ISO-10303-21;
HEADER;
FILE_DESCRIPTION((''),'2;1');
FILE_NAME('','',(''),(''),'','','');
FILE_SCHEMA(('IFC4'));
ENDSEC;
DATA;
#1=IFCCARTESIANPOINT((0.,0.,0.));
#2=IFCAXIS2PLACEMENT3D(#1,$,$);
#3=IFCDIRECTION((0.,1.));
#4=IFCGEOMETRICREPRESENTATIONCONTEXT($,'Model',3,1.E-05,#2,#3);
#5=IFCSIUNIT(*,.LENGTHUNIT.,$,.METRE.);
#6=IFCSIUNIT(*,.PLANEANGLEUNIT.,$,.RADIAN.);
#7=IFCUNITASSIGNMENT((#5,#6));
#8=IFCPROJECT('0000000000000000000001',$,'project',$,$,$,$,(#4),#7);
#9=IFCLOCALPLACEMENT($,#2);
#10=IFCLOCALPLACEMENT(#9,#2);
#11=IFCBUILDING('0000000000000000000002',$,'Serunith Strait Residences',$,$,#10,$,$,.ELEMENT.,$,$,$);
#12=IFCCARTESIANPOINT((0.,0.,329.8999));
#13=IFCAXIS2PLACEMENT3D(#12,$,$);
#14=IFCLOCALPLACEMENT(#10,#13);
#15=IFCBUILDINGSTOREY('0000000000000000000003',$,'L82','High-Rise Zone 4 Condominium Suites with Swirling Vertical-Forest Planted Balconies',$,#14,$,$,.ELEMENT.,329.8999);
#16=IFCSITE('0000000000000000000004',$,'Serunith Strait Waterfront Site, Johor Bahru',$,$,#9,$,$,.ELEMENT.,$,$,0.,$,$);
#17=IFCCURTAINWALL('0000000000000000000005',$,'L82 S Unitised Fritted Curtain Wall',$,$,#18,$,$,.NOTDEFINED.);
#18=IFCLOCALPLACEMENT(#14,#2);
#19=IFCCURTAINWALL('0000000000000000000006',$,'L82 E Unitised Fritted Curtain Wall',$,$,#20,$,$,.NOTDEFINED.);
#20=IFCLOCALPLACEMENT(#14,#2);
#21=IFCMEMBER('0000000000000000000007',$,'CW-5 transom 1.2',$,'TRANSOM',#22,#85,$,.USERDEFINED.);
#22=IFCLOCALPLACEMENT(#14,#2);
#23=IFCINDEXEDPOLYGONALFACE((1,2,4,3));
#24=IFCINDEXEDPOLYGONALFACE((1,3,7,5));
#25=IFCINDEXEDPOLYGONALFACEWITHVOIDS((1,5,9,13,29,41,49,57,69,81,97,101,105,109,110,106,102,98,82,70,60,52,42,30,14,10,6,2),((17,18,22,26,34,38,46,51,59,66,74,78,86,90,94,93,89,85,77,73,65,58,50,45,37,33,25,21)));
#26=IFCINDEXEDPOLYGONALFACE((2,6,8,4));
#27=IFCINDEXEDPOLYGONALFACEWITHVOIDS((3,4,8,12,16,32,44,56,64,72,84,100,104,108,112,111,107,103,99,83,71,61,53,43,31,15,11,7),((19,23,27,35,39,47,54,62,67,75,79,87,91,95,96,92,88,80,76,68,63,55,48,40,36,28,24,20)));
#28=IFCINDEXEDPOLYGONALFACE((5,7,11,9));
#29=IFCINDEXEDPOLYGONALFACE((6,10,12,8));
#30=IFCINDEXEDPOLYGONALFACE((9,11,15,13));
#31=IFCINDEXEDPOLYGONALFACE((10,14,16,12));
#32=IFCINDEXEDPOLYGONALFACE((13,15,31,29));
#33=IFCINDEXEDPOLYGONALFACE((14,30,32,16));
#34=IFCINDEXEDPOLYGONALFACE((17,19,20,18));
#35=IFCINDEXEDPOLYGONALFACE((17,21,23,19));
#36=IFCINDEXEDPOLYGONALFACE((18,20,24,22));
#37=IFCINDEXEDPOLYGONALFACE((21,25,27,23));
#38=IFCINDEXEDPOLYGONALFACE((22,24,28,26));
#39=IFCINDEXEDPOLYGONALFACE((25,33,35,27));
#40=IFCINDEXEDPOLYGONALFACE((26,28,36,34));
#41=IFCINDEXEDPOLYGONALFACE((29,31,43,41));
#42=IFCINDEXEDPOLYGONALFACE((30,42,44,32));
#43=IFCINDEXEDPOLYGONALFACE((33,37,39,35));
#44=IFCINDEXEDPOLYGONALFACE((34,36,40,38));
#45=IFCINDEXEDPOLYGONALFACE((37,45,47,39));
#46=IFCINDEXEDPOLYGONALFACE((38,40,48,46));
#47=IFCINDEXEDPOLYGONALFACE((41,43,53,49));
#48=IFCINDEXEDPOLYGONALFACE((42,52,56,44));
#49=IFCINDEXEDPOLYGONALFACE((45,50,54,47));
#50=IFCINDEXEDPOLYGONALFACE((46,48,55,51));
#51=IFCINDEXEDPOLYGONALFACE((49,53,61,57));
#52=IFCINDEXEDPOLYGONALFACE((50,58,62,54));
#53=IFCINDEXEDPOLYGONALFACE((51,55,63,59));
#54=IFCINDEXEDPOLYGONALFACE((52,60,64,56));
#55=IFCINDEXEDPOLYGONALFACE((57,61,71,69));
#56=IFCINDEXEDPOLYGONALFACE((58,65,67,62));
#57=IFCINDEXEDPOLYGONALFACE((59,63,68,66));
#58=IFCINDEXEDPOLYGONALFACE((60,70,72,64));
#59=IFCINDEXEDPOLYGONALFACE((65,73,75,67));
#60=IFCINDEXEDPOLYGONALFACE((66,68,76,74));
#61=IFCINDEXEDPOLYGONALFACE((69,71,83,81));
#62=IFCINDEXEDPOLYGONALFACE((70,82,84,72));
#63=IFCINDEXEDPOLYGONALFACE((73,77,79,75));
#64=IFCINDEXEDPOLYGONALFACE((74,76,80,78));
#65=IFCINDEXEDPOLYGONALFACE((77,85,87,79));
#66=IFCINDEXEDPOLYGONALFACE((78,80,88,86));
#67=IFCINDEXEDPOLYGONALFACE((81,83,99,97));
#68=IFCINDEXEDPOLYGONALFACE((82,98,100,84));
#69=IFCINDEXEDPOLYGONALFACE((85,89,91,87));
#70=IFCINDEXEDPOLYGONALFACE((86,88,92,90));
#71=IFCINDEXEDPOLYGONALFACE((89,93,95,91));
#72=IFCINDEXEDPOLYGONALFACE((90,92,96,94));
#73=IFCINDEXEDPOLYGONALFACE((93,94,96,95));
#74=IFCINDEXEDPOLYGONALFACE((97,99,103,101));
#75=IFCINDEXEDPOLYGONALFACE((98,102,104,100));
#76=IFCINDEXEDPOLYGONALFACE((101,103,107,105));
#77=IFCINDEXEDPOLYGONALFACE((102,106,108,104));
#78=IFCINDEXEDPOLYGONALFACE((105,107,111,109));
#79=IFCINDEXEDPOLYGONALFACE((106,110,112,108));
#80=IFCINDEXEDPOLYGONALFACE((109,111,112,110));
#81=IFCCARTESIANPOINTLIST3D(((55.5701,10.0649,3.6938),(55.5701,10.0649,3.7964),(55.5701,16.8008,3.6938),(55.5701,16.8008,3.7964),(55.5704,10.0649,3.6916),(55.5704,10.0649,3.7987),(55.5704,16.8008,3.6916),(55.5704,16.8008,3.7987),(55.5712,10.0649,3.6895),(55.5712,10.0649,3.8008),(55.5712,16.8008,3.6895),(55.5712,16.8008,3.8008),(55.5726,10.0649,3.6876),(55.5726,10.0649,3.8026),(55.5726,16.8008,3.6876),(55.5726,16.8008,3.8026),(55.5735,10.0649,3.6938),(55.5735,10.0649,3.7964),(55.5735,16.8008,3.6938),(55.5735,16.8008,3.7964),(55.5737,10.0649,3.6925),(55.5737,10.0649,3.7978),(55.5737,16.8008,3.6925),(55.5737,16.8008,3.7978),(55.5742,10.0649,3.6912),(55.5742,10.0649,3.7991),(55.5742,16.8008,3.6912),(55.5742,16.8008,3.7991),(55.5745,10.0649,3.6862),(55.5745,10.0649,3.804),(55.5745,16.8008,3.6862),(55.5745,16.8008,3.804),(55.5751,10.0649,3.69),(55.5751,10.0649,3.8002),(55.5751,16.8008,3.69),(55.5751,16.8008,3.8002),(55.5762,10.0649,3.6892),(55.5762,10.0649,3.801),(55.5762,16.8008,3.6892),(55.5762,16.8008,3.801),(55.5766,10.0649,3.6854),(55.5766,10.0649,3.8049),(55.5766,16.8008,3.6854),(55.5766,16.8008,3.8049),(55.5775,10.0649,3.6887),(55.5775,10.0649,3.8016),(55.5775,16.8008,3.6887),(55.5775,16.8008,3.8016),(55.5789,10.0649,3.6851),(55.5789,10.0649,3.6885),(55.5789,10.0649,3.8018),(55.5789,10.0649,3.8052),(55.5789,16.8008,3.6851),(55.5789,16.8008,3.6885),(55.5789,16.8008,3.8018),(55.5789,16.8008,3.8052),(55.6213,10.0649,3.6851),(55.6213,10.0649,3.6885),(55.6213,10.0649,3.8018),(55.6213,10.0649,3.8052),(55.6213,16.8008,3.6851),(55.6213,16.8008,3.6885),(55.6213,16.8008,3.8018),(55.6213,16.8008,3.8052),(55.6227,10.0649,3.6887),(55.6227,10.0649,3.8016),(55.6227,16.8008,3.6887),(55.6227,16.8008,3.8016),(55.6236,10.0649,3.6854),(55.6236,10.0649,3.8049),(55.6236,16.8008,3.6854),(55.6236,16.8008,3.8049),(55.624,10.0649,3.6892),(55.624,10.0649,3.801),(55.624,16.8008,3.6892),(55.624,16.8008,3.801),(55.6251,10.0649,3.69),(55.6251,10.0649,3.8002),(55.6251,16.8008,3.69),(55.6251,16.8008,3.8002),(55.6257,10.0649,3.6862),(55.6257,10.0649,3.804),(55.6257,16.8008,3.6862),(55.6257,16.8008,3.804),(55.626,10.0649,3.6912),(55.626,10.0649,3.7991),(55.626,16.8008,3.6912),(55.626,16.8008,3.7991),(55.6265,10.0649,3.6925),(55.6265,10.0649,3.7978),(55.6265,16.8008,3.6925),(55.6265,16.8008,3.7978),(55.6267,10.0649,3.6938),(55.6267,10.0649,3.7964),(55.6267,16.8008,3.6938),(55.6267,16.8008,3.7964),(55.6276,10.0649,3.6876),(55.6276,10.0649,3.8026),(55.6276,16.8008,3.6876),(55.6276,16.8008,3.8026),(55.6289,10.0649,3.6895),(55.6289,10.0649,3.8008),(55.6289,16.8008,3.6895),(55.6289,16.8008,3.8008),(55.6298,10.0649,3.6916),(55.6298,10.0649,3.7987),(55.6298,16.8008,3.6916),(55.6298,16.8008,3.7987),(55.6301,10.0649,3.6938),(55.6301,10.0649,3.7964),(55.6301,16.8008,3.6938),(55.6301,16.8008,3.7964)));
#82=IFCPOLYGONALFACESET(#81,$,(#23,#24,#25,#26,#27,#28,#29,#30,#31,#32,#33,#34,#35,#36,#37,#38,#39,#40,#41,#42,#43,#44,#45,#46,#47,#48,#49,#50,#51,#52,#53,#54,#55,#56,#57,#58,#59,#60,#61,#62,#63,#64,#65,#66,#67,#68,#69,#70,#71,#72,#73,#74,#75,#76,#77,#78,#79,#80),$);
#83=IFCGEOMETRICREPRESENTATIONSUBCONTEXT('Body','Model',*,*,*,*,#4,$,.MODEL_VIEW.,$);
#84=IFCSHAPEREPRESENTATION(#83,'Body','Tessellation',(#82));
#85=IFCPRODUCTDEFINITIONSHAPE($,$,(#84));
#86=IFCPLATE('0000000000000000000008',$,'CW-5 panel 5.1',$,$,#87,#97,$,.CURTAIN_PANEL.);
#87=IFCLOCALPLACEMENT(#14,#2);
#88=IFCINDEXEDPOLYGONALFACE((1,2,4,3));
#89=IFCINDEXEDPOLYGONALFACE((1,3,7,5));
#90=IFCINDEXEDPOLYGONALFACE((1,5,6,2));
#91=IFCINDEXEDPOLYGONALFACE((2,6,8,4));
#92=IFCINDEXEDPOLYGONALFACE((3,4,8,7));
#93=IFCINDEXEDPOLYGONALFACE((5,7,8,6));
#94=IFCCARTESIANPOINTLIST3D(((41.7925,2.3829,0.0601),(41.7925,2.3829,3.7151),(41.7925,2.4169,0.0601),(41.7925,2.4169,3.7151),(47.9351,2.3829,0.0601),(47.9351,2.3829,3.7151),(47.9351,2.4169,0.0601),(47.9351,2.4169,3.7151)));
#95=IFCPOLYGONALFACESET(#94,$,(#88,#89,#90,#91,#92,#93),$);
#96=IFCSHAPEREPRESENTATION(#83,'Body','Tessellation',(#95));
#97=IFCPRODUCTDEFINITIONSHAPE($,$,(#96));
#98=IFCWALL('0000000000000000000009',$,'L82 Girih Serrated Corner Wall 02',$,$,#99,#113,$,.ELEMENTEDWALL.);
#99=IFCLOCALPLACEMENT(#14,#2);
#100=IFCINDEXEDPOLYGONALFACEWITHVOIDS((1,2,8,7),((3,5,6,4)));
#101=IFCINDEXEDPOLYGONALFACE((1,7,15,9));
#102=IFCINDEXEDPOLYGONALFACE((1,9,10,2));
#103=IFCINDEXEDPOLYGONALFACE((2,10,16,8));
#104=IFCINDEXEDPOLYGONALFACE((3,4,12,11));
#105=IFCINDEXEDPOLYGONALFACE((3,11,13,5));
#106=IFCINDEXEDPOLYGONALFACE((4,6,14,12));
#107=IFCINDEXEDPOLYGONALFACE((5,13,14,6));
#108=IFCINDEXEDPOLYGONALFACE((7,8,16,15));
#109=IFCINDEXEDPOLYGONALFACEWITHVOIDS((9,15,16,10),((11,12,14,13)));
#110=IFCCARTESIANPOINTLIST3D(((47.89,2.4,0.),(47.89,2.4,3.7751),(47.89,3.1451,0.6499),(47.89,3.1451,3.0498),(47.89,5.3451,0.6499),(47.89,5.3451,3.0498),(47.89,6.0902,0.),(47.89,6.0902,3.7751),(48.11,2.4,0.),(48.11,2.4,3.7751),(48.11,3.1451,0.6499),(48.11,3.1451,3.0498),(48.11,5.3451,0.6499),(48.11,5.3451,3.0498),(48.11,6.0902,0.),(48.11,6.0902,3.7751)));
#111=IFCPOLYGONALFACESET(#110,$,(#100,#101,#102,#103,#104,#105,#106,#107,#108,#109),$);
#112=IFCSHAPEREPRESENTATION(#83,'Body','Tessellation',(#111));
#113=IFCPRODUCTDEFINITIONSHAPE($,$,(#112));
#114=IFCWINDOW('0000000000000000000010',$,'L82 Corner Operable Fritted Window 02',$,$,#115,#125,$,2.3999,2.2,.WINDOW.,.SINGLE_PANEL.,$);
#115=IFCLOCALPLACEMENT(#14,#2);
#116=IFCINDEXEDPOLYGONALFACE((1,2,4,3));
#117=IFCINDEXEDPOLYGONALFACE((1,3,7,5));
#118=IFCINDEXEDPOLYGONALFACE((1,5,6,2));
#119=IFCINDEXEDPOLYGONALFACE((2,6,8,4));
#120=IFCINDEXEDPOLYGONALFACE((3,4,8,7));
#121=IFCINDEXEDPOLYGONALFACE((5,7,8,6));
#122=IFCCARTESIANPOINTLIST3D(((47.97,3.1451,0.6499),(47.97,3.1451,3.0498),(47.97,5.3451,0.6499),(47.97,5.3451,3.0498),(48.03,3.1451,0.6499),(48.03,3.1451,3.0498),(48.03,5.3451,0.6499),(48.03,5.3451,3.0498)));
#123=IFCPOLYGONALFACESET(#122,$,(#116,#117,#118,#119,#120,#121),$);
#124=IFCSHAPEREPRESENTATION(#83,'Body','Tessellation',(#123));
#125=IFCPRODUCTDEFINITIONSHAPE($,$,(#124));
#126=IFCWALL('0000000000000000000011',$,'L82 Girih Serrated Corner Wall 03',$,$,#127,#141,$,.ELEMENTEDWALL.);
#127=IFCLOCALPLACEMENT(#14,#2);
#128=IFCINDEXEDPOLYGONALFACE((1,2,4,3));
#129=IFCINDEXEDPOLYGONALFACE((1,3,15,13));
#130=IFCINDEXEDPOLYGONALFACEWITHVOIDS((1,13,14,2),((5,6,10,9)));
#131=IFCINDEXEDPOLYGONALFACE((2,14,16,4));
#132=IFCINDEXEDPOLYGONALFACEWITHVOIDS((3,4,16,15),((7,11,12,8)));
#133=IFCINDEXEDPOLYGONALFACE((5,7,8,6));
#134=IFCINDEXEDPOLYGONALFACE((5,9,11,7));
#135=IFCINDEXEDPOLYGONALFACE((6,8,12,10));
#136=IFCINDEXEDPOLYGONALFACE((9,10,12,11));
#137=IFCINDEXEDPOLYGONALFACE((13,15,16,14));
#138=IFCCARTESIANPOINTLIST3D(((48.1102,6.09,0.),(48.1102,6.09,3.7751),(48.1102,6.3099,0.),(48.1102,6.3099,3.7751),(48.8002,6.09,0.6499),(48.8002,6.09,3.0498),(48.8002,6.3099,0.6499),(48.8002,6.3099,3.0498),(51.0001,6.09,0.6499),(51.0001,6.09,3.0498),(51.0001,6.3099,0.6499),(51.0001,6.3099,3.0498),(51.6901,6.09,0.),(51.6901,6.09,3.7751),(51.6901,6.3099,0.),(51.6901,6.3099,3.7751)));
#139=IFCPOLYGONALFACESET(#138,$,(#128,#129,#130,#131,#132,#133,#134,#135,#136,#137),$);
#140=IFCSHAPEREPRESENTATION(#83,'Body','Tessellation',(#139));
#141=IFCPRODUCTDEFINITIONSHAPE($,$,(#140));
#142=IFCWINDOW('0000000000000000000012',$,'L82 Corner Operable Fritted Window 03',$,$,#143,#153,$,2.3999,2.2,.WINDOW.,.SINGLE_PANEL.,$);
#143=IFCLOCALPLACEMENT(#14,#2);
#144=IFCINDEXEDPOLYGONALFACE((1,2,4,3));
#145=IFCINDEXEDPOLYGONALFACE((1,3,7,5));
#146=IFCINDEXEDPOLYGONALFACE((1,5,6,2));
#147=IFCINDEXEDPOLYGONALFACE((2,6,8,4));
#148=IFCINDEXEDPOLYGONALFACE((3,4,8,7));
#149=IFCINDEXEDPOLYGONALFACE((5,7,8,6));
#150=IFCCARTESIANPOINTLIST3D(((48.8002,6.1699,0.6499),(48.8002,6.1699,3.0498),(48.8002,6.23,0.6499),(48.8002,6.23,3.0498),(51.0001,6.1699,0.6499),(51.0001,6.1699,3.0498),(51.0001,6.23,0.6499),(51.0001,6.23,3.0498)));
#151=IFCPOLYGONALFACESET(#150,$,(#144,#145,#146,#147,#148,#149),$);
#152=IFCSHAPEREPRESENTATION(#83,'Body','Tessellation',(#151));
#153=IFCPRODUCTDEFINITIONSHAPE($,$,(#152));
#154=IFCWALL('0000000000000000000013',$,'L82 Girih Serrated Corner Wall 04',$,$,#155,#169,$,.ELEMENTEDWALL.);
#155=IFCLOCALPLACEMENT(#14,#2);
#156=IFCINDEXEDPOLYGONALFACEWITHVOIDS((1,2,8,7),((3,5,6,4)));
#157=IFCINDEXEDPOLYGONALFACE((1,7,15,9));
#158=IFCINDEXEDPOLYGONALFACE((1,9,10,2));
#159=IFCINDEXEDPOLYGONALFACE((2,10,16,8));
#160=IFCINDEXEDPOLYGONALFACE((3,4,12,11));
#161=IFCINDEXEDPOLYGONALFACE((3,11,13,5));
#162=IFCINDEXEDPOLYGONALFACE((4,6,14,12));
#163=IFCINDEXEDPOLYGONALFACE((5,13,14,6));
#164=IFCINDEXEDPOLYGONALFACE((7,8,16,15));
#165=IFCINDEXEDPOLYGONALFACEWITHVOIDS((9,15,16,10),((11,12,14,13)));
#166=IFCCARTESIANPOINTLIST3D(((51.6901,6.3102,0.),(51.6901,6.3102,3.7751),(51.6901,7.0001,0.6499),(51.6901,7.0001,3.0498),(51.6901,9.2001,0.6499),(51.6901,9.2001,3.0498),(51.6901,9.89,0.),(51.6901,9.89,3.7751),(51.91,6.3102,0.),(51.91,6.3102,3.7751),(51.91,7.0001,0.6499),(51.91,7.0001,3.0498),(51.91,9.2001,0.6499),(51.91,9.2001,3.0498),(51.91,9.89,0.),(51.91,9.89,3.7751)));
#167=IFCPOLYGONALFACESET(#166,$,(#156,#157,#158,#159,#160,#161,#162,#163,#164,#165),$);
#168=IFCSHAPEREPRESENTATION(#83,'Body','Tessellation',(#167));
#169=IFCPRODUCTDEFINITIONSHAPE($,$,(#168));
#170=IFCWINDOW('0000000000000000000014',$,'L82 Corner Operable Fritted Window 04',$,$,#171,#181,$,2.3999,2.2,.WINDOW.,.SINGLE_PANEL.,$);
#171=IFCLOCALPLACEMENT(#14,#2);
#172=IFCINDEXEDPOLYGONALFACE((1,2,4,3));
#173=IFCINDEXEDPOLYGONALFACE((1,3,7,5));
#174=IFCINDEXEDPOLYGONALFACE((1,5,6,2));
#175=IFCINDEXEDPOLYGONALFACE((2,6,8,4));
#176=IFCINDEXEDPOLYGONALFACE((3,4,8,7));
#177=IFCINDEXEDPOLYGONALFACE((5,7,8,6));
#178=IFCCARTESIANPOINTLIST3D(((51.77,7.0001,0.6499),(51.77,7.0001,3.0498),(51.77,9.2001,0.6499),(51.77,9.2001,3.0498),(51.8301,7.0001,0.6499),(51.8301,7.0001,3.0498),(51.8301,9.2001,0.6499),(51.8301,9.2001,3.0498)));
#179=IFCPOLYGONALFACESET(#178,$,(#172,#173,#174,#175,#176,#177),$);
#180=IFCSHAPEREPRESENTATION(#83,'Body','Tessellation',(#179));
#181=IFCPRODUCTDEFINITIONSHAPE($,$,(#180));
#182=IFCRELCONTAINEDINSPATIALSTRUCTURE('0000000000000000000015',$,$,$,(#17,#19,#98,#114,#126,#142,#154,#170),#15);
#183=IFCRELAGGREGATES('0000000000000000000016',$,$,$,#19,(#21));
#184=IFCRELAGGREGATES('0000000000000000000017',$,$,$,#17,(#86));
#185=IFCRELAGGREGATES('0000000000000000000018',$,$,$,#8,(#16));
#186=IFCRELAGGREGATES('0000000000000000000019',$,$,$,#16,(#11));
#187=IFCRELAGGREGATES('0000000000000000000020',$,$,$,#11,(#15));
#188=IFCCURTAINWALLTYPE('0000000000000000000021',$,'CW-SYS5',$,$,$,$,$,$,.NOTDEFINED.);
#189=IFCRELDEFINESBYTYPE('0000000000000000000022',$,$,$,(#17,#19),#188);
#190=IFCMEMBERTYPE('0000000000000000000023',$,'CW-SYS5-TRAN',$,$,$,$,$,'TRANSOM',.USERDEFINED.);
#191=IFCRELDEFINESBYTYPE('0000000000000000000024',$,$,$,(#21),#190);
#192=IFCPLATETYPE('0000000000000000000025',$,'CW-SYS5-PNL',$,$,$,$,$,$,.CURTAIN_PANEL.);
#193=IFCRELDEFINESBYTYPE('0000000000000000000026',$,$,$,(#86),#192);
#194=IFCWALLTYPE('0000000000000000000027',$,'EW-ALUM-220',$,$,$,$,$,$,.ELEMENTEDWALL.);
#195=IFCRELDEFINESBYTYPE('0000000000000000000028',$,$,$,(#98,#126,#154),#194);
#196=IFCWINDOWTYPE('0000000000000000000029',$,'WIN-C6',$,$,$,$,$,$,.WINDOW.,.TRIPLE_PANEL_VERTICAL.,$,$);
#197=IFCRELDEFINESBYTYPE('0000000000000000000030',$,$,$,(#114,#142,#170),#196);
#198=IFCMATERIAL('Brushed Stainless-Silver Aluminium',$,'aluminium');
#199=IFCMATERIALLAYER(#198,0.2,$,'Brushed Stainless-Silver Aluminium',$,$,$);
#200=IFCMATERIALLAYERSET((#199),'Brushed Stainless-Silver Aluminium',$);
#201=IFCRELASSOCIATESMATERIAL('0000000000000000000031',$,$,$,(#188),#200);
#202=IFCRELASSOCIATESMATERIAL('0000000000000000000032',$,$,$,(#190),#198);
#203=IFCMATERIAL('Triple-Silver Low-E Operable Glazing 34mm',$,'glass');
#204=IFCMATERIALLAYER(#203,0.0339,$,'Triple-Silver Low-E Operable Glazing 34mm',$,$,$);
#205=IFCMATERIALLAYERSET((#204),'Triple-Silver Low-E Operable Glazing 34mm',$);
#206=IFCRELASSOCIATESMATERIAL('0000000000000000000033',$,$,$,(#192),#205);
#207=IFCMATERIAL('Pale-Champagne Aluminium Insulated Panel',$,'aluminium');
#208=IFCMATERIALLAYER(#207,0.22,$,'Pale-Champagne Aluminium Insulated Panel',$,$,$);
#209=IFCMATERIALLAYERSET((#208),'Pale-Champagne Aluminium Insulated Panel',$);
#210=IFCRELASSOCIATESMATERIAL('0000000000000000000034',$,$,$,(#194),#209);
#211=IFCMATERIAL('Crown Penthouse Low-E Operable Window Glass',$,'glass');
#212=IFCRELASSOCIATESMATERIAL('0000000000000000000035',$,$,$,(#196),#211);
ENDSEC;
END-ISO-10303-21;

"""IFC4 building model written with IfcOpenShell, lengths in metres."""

from ifc_helpers import new_model, si_unit, direction, frame, frame_2d, origin, origin_2d, place, context, subcontext, project, spatial, rectangle, hollow_rectangle, extrude, source, transform, mapped, material, layer, layer_set, material_profile, profile_set, type_object, element, fill, aggregate, save


model = new_model("IFC4")

# Units and contexts
model_context = context("Model", 3, precision=1e-05, world=origin(), true_north=direction((0.0, 1.0)))
body_context = subcontext(model_context, "Body", "Model", "MODEL_VIEW")
ifc_project = project(units=[si_unit("LENGTHUNIT", "METRE"), si_unit("PLANEANGLEUNIT", "RADIAN")], contexts=[model_context])

# Site, building, storey
site_placement = place(None, origin())
site = spatial("IfcSite", under=ifc_project, at=site_placement, Name="Serunith Strait Waterfront Site, Johor Bahru", CompositionType="ELEMENT", RefElevation=0.0)
building_placement = place(site_placement, origin())
building = spatial("IfcBuilding", under=site, at=building_placement, Name="Serunith Strait Residences", CompositionType="ELEMENT")
storey_placement = place(building_placement, frame((0.0, 0.0, 329.8999)))
storey = spatial("IfcBuildingStorey", under=building, at=storey_placement, Name="L82", Description="High-Rise Zone 4 Condominium Suites with Swirling Vertical-Forest Planted Balconies", CompositionType="ELEMENT", Elevation=329.8999)

# Curtain walls
ifc_material_1 = material(Name="Brushed Stainless-Silver Aluminium", Category="aluminium")
ifc_layer_1 = layer(ifc_material_1, 0.2, Name="Brushed Stainless-Silver Aluminium")
ifc_layer_set_1 = layer_set([ifc_layer_1], Name="Brushed Stainless-Silver Aluminium")
curtain_wall_type = type_object("IfcCurtainWallType", Name="CW-SYS5", PredefinedType="NOTDEFINED", material=ifc_layer_set_1)
curtain_wall_1_placement = place(storey_placement, origin())
curtain_wall_1 = element("IfcCurtainWall", 1, at=curtain_wall_1_placement, inside=storey, type_object=curtain_wall_type, Name="L82 S Unitised Fritted Curtain Wall", PredefinedType="NOTDEFINED")
curtain_wall_2_placement = place(storey_placement, origin())
curtain_wall_2 = element("IfcCurtainWall", 2, at=curtain_wall_2_placement, inside=storey, type_object=curtain_wall_type, Name="L82 E Unitised Fritted Curtain Wall", PredefinedType="NOTDEFINED")

# Member
ifc_material_profile_1 = material_profile(ifc_material_1, hollow_rectangle(XDim=0.0601, YDim=0.1201, WallThickness=0.0034, InnerFilletRadius=0.0054, OuterFilletRadius=0.0088, at=origin_2d()), Name="ALU 120x60x3.5")
ifc_profile_set_1 = profile_set([ifc_material_profile_1], Name="Brushed Stainless-Silver Aluminium")
member_type_1 = type_object("IfcMemberType", Name="CW-SYS5-TRAN", ElementType="TRANSOM", PredefinedType="USERDEFINED", material=ifc_profile_set_1)
shared_shape_1 = source(origin(), body_context, "Body", "SweptSolid", [
    extrude(hollow_rectangle(XDim=0.0601, YDim=0.1201, WallThickness=0.0034, InnerFilletRadius=0.0054, OuterFilletRadius=0.0088, at=origin_2d()), origin(), (0.0, 0.0, 1.0), 6.7358),
])
member_1_placement = place(storey_placement, frame((55.6001, 10.0649, 3.7451), z_axis=(0.0, 1.0, 0.0), x_axis=(-1.0, 0.0, 0.0)))
member_1 = element("IfcMember", 3, at=member_1_placement, type_object=member_type_1, Name="CW-5 transom 1.2", ObjectType="TRANSOM", PredefinedType="USERDEFINED", context=body_context, shape_type="MappedRepresentation", body=[
    mapped(shared_shape_1, transform((0.0, 0.0, 0.0), scale=1.0)),
])
aggregate(curtain_wall_2, [member_1])

# Plate
ifc_material_2 = material(Name="Triple-Silver Low-E Operable Glazing 34mm", Category="glass")
ifc_layer_2 = layer(ifc_material_2, 0.0339, Name="Triple-Silver Low-E Operable Glazing 34mm")
ifc_layer_set_2 = layer_set([ifc_layer_2], Name="Triple-Silver Low-E Operable Glazing 34mm")
plate_type = type_object("IfcPlateType", Name="CW-SYS5-PNL", PredefinedType="CURTAIN_PANEL", material=ifc_layer_set_2)
shared_shape_2 = source(origin(), body_context, "Body", "SweptSolid", [
    extrude(rectangle(XDim=6.1426, YDim=0.0339, at=origin_2d()), origin(), (0.0, 0.0, 1.0), 3.655),
])
plate_placement = place(storey_placement, frame((44.8638, 2.3999, 0.0601), z_axis=(0.0, 0.0, 1.0), x_axis=(1.0, 0.0, 0.0)))
plate = element("IfcPlate", 4, at=plate_placement, type_object=plate_type, Name="CW-5 panel 5.1", PredefinedType="CURTAIN_PANEL", context=body_context, shape_type="MappedRepresentation", body=[
    mapped(shared_shape_2, transform((0.0, 0.0, 0.0), scale=1.0)),
])
aggregate(curtain_wall_1, [plate])

# Walls, openings, windows
ifc_material_3 = material(Name="Pale-Champagne Aluminium Insulated Panel", Category="aluminium")
ifc_layer_3 = layer(ifc_material_3, 0.22, Name="Pale-Champagne Aluminium Insulated Panel")
ifc_layer_set_3 = layer_set([ifc_layer_3], Name="Pale-Champagne Aluminium Insulated Panel")
wall_type_1 = type_object("IfcWallType", Name="EW-ALUM-220", PredefinedType="ELEMENTEDWALL", material=ifc_layer_set_3)
wall_1_placement = place(storey_placement, frame((48.0, 2.3999, 0.0), z_axis=(0.0, 0.0, 1.0), x_axis=(0.0, 1.0, 0.0)))
wall_1 = element("IfcWall", 5, at=wall_1_placement, inside=storey, type_object=wall_type_1, Name="L82 Girih Serrated Corner Wall 02", PredefinedType="ELEMENTEDWALL", context=body_context, shape_type="SweptSolid", body=[
    extrude(rectangle(XDim=3.6902, YDim=0.22, at=frame_2d((1.8452, 0.0))), origin(), (0.0, 0.0, 1.0), 3.7751),
])
opening_1_placement = place(wall_1_placement, frame((0.7451, 0.0, 0.6499)))
opening_1 = element("IfcOpeningElement", 6, at=opening_1_placement, cuts=wall_1, PredefinedType="OPENING", context=body_context, shape_type="SweptSolid", body=[
    extrude(rectangle(XDim=2.2, YDim=2.3999, at=frame_2d((1.1001, 1.2))), frame((0.0, 0.1201, 0.0), z_axis=(0.0, -1.0, 0.0), x_axis=(1.0, 0.0, 0.0)), (0.0, 0.0, 1.0), 0.24),
])
ifc_material_4 = material(Name="Crown Penthouse Low-E Operable Window Glass", Category="glass")
window_type = type_object("IfcWindowType", Name="WIN-C6", PartitioningType="TRIPLE_PANEL_VERTICAL", PredefinedType="WINDOW", material=ifc_material_4)
shared_shape_3 = source(origin(), body_context, "Body", "SweptSolid", [
    extrude(rectangle(XDim=2.2, YDim=2.3999, at=frame_2d((1.1001, 1.2))), frame((0.0, 0.03, 0.0), z_axis=(0.0, -1.0, 0.0), x_axis=(1.0, 0.0, 0.0)), (0.0, 0.0, 1.0), 0.0601),
])
window_1_placement = place(opening_1_placement, origin())
window_1 = element("IfcWindow", 7, at=window_1_placement, inside=storey, type_object=window_type, Name="L82 Corner Operable Fritted Window 02", OverallHeight=2.3999, OverallWidth=2.2, PartitioningType="SINGLE_PANEL", PredefinedType="WINDOW", context=body_context, shape_type="MappedRepresentation", body=[
    mapped(shared_shape_3, transform((0.0, 0.0, 0.0), scale=1.0)),
])
fill(opening_1, window_1)
wall_2_placement = place(storey_placement, frame((48.1101, 6.2, 0.0), z_axis=(0.0, 0.0, 1.0), x_axis=(1.0, 0.0, 0.0)))
wall_2 = element("IfcWall", 8, at=wall_2_placement, inside=storey, type_object=wall_type_1, Name="L82 Girih Serrated Corner Wall 03", PredefinedType="ELEMENTEDWALL", context=body_context, shape_type="SweptSolid", body=[
    extrude(rectangle(XDim=3.5798, YDim=0.22, at=frame_2d((1.79, 0.0))), origin(), (0.0, 0.0, 1.0), 3.7751),
])
opening_2_placement = place(wall_2_placement, frame((0.6899, 0.0, 0.6499)))
opening_2 = element("IfcOpeningElement", 9, at=opening_2_placement, cuts=wall_2, PredefinedType="OPENING", context=body_context, shape_type="SweptSolid", body=[
    extrude(rectangle(XDim=2.2, YDim=2.3999, at=frame_2d((1.1001, 1.2))), frame((0.0, 0.1201, 0.0), z_axis=(0.0, -1.0, 0.0), x_axis=(1.0, 0.0, 0.0)), (0.0, 0.0, 1.0), 0.24),
])
window_2_placement = place(opening_2_placement, origin())
window_2 = element("IfcWindow", 10, at=window_2_placement, inside=storey, type_object=window_type, Name="L82 Corner Operable Fritted Window 03", OverallHeight=2.3999, OverallWidth=2.2, PartitioningType="SINGLE_PANEL", PredefinedType="WINDOW", context=body_context, shape_type="MappedRepresentation", body=[
    mapped(shared_shape_3, transform((0.0, 0.0, 0.0), scale=1.0)),
])
fill(opening_2, window_2)
wall_3_placement = place(storey_placement, frame((51.8, 6.3101, 0.0), z_axis=(0.0, 0.0, 1.0), x_axis=(0.0, 1.0, 0.0)))
wall_3 = element("IfcWall", 11, at=wall_3_placement, inside=storey, type_object=wall_type_1, Name="L82 Girih Serrated Corner Wall 04", PredefinedType="ELEMENTEDWALL", context=body_context, shape_type="SweptSolid", body=[
    extrude(rectangle(XDim=3.5798, YDim=0.22, at=frame_2d((1.79, 0.0))), origin(), (0.0, 0.0, 1.0), 3.7751),
])
opening_3_placement = place(wall_3_placement, frame((0.6899, 0.0, 0.6499)))
opening_3 = element("IfcOpeningElement", 12, at=opening_3_placement, cuts=wall_3, PredefinedType="OPENING", context=body_context, shape_type="SweptSolid", body=[
    extrude(rectangle(XDim=2.2, YDim=2.3999, at=frame_2d((1.1001, 1.2))), frame((0.0, 0.1201, 0.0), z_axis=(0.0, -1.0, 0.0), x_axis=(1.0, 0.0, 0.0)), (0.0, 0.0, 1.0), 0.24),
])
window_3_placement = place(opening_3_placement, origin())
window_3 = element("IfcWindow", 13, at=window_3_placement, inside=storey, type_object=window_type, Name="L82 Corner Operable Fritted Window 04", OverallHeight=2.3999, OverallWidth=2.2, PartitioningType="SINGLE_PANEL", PredefinedType="WINDOW", context=body_context, shape_type="MappedRepresentation", body=[
    mapped(shared_shape_3, transform((0.0, 0.0, 0.0), scale=1.0)),
])
fill(opening_3, window_3)

save(model, "model.ifc")
